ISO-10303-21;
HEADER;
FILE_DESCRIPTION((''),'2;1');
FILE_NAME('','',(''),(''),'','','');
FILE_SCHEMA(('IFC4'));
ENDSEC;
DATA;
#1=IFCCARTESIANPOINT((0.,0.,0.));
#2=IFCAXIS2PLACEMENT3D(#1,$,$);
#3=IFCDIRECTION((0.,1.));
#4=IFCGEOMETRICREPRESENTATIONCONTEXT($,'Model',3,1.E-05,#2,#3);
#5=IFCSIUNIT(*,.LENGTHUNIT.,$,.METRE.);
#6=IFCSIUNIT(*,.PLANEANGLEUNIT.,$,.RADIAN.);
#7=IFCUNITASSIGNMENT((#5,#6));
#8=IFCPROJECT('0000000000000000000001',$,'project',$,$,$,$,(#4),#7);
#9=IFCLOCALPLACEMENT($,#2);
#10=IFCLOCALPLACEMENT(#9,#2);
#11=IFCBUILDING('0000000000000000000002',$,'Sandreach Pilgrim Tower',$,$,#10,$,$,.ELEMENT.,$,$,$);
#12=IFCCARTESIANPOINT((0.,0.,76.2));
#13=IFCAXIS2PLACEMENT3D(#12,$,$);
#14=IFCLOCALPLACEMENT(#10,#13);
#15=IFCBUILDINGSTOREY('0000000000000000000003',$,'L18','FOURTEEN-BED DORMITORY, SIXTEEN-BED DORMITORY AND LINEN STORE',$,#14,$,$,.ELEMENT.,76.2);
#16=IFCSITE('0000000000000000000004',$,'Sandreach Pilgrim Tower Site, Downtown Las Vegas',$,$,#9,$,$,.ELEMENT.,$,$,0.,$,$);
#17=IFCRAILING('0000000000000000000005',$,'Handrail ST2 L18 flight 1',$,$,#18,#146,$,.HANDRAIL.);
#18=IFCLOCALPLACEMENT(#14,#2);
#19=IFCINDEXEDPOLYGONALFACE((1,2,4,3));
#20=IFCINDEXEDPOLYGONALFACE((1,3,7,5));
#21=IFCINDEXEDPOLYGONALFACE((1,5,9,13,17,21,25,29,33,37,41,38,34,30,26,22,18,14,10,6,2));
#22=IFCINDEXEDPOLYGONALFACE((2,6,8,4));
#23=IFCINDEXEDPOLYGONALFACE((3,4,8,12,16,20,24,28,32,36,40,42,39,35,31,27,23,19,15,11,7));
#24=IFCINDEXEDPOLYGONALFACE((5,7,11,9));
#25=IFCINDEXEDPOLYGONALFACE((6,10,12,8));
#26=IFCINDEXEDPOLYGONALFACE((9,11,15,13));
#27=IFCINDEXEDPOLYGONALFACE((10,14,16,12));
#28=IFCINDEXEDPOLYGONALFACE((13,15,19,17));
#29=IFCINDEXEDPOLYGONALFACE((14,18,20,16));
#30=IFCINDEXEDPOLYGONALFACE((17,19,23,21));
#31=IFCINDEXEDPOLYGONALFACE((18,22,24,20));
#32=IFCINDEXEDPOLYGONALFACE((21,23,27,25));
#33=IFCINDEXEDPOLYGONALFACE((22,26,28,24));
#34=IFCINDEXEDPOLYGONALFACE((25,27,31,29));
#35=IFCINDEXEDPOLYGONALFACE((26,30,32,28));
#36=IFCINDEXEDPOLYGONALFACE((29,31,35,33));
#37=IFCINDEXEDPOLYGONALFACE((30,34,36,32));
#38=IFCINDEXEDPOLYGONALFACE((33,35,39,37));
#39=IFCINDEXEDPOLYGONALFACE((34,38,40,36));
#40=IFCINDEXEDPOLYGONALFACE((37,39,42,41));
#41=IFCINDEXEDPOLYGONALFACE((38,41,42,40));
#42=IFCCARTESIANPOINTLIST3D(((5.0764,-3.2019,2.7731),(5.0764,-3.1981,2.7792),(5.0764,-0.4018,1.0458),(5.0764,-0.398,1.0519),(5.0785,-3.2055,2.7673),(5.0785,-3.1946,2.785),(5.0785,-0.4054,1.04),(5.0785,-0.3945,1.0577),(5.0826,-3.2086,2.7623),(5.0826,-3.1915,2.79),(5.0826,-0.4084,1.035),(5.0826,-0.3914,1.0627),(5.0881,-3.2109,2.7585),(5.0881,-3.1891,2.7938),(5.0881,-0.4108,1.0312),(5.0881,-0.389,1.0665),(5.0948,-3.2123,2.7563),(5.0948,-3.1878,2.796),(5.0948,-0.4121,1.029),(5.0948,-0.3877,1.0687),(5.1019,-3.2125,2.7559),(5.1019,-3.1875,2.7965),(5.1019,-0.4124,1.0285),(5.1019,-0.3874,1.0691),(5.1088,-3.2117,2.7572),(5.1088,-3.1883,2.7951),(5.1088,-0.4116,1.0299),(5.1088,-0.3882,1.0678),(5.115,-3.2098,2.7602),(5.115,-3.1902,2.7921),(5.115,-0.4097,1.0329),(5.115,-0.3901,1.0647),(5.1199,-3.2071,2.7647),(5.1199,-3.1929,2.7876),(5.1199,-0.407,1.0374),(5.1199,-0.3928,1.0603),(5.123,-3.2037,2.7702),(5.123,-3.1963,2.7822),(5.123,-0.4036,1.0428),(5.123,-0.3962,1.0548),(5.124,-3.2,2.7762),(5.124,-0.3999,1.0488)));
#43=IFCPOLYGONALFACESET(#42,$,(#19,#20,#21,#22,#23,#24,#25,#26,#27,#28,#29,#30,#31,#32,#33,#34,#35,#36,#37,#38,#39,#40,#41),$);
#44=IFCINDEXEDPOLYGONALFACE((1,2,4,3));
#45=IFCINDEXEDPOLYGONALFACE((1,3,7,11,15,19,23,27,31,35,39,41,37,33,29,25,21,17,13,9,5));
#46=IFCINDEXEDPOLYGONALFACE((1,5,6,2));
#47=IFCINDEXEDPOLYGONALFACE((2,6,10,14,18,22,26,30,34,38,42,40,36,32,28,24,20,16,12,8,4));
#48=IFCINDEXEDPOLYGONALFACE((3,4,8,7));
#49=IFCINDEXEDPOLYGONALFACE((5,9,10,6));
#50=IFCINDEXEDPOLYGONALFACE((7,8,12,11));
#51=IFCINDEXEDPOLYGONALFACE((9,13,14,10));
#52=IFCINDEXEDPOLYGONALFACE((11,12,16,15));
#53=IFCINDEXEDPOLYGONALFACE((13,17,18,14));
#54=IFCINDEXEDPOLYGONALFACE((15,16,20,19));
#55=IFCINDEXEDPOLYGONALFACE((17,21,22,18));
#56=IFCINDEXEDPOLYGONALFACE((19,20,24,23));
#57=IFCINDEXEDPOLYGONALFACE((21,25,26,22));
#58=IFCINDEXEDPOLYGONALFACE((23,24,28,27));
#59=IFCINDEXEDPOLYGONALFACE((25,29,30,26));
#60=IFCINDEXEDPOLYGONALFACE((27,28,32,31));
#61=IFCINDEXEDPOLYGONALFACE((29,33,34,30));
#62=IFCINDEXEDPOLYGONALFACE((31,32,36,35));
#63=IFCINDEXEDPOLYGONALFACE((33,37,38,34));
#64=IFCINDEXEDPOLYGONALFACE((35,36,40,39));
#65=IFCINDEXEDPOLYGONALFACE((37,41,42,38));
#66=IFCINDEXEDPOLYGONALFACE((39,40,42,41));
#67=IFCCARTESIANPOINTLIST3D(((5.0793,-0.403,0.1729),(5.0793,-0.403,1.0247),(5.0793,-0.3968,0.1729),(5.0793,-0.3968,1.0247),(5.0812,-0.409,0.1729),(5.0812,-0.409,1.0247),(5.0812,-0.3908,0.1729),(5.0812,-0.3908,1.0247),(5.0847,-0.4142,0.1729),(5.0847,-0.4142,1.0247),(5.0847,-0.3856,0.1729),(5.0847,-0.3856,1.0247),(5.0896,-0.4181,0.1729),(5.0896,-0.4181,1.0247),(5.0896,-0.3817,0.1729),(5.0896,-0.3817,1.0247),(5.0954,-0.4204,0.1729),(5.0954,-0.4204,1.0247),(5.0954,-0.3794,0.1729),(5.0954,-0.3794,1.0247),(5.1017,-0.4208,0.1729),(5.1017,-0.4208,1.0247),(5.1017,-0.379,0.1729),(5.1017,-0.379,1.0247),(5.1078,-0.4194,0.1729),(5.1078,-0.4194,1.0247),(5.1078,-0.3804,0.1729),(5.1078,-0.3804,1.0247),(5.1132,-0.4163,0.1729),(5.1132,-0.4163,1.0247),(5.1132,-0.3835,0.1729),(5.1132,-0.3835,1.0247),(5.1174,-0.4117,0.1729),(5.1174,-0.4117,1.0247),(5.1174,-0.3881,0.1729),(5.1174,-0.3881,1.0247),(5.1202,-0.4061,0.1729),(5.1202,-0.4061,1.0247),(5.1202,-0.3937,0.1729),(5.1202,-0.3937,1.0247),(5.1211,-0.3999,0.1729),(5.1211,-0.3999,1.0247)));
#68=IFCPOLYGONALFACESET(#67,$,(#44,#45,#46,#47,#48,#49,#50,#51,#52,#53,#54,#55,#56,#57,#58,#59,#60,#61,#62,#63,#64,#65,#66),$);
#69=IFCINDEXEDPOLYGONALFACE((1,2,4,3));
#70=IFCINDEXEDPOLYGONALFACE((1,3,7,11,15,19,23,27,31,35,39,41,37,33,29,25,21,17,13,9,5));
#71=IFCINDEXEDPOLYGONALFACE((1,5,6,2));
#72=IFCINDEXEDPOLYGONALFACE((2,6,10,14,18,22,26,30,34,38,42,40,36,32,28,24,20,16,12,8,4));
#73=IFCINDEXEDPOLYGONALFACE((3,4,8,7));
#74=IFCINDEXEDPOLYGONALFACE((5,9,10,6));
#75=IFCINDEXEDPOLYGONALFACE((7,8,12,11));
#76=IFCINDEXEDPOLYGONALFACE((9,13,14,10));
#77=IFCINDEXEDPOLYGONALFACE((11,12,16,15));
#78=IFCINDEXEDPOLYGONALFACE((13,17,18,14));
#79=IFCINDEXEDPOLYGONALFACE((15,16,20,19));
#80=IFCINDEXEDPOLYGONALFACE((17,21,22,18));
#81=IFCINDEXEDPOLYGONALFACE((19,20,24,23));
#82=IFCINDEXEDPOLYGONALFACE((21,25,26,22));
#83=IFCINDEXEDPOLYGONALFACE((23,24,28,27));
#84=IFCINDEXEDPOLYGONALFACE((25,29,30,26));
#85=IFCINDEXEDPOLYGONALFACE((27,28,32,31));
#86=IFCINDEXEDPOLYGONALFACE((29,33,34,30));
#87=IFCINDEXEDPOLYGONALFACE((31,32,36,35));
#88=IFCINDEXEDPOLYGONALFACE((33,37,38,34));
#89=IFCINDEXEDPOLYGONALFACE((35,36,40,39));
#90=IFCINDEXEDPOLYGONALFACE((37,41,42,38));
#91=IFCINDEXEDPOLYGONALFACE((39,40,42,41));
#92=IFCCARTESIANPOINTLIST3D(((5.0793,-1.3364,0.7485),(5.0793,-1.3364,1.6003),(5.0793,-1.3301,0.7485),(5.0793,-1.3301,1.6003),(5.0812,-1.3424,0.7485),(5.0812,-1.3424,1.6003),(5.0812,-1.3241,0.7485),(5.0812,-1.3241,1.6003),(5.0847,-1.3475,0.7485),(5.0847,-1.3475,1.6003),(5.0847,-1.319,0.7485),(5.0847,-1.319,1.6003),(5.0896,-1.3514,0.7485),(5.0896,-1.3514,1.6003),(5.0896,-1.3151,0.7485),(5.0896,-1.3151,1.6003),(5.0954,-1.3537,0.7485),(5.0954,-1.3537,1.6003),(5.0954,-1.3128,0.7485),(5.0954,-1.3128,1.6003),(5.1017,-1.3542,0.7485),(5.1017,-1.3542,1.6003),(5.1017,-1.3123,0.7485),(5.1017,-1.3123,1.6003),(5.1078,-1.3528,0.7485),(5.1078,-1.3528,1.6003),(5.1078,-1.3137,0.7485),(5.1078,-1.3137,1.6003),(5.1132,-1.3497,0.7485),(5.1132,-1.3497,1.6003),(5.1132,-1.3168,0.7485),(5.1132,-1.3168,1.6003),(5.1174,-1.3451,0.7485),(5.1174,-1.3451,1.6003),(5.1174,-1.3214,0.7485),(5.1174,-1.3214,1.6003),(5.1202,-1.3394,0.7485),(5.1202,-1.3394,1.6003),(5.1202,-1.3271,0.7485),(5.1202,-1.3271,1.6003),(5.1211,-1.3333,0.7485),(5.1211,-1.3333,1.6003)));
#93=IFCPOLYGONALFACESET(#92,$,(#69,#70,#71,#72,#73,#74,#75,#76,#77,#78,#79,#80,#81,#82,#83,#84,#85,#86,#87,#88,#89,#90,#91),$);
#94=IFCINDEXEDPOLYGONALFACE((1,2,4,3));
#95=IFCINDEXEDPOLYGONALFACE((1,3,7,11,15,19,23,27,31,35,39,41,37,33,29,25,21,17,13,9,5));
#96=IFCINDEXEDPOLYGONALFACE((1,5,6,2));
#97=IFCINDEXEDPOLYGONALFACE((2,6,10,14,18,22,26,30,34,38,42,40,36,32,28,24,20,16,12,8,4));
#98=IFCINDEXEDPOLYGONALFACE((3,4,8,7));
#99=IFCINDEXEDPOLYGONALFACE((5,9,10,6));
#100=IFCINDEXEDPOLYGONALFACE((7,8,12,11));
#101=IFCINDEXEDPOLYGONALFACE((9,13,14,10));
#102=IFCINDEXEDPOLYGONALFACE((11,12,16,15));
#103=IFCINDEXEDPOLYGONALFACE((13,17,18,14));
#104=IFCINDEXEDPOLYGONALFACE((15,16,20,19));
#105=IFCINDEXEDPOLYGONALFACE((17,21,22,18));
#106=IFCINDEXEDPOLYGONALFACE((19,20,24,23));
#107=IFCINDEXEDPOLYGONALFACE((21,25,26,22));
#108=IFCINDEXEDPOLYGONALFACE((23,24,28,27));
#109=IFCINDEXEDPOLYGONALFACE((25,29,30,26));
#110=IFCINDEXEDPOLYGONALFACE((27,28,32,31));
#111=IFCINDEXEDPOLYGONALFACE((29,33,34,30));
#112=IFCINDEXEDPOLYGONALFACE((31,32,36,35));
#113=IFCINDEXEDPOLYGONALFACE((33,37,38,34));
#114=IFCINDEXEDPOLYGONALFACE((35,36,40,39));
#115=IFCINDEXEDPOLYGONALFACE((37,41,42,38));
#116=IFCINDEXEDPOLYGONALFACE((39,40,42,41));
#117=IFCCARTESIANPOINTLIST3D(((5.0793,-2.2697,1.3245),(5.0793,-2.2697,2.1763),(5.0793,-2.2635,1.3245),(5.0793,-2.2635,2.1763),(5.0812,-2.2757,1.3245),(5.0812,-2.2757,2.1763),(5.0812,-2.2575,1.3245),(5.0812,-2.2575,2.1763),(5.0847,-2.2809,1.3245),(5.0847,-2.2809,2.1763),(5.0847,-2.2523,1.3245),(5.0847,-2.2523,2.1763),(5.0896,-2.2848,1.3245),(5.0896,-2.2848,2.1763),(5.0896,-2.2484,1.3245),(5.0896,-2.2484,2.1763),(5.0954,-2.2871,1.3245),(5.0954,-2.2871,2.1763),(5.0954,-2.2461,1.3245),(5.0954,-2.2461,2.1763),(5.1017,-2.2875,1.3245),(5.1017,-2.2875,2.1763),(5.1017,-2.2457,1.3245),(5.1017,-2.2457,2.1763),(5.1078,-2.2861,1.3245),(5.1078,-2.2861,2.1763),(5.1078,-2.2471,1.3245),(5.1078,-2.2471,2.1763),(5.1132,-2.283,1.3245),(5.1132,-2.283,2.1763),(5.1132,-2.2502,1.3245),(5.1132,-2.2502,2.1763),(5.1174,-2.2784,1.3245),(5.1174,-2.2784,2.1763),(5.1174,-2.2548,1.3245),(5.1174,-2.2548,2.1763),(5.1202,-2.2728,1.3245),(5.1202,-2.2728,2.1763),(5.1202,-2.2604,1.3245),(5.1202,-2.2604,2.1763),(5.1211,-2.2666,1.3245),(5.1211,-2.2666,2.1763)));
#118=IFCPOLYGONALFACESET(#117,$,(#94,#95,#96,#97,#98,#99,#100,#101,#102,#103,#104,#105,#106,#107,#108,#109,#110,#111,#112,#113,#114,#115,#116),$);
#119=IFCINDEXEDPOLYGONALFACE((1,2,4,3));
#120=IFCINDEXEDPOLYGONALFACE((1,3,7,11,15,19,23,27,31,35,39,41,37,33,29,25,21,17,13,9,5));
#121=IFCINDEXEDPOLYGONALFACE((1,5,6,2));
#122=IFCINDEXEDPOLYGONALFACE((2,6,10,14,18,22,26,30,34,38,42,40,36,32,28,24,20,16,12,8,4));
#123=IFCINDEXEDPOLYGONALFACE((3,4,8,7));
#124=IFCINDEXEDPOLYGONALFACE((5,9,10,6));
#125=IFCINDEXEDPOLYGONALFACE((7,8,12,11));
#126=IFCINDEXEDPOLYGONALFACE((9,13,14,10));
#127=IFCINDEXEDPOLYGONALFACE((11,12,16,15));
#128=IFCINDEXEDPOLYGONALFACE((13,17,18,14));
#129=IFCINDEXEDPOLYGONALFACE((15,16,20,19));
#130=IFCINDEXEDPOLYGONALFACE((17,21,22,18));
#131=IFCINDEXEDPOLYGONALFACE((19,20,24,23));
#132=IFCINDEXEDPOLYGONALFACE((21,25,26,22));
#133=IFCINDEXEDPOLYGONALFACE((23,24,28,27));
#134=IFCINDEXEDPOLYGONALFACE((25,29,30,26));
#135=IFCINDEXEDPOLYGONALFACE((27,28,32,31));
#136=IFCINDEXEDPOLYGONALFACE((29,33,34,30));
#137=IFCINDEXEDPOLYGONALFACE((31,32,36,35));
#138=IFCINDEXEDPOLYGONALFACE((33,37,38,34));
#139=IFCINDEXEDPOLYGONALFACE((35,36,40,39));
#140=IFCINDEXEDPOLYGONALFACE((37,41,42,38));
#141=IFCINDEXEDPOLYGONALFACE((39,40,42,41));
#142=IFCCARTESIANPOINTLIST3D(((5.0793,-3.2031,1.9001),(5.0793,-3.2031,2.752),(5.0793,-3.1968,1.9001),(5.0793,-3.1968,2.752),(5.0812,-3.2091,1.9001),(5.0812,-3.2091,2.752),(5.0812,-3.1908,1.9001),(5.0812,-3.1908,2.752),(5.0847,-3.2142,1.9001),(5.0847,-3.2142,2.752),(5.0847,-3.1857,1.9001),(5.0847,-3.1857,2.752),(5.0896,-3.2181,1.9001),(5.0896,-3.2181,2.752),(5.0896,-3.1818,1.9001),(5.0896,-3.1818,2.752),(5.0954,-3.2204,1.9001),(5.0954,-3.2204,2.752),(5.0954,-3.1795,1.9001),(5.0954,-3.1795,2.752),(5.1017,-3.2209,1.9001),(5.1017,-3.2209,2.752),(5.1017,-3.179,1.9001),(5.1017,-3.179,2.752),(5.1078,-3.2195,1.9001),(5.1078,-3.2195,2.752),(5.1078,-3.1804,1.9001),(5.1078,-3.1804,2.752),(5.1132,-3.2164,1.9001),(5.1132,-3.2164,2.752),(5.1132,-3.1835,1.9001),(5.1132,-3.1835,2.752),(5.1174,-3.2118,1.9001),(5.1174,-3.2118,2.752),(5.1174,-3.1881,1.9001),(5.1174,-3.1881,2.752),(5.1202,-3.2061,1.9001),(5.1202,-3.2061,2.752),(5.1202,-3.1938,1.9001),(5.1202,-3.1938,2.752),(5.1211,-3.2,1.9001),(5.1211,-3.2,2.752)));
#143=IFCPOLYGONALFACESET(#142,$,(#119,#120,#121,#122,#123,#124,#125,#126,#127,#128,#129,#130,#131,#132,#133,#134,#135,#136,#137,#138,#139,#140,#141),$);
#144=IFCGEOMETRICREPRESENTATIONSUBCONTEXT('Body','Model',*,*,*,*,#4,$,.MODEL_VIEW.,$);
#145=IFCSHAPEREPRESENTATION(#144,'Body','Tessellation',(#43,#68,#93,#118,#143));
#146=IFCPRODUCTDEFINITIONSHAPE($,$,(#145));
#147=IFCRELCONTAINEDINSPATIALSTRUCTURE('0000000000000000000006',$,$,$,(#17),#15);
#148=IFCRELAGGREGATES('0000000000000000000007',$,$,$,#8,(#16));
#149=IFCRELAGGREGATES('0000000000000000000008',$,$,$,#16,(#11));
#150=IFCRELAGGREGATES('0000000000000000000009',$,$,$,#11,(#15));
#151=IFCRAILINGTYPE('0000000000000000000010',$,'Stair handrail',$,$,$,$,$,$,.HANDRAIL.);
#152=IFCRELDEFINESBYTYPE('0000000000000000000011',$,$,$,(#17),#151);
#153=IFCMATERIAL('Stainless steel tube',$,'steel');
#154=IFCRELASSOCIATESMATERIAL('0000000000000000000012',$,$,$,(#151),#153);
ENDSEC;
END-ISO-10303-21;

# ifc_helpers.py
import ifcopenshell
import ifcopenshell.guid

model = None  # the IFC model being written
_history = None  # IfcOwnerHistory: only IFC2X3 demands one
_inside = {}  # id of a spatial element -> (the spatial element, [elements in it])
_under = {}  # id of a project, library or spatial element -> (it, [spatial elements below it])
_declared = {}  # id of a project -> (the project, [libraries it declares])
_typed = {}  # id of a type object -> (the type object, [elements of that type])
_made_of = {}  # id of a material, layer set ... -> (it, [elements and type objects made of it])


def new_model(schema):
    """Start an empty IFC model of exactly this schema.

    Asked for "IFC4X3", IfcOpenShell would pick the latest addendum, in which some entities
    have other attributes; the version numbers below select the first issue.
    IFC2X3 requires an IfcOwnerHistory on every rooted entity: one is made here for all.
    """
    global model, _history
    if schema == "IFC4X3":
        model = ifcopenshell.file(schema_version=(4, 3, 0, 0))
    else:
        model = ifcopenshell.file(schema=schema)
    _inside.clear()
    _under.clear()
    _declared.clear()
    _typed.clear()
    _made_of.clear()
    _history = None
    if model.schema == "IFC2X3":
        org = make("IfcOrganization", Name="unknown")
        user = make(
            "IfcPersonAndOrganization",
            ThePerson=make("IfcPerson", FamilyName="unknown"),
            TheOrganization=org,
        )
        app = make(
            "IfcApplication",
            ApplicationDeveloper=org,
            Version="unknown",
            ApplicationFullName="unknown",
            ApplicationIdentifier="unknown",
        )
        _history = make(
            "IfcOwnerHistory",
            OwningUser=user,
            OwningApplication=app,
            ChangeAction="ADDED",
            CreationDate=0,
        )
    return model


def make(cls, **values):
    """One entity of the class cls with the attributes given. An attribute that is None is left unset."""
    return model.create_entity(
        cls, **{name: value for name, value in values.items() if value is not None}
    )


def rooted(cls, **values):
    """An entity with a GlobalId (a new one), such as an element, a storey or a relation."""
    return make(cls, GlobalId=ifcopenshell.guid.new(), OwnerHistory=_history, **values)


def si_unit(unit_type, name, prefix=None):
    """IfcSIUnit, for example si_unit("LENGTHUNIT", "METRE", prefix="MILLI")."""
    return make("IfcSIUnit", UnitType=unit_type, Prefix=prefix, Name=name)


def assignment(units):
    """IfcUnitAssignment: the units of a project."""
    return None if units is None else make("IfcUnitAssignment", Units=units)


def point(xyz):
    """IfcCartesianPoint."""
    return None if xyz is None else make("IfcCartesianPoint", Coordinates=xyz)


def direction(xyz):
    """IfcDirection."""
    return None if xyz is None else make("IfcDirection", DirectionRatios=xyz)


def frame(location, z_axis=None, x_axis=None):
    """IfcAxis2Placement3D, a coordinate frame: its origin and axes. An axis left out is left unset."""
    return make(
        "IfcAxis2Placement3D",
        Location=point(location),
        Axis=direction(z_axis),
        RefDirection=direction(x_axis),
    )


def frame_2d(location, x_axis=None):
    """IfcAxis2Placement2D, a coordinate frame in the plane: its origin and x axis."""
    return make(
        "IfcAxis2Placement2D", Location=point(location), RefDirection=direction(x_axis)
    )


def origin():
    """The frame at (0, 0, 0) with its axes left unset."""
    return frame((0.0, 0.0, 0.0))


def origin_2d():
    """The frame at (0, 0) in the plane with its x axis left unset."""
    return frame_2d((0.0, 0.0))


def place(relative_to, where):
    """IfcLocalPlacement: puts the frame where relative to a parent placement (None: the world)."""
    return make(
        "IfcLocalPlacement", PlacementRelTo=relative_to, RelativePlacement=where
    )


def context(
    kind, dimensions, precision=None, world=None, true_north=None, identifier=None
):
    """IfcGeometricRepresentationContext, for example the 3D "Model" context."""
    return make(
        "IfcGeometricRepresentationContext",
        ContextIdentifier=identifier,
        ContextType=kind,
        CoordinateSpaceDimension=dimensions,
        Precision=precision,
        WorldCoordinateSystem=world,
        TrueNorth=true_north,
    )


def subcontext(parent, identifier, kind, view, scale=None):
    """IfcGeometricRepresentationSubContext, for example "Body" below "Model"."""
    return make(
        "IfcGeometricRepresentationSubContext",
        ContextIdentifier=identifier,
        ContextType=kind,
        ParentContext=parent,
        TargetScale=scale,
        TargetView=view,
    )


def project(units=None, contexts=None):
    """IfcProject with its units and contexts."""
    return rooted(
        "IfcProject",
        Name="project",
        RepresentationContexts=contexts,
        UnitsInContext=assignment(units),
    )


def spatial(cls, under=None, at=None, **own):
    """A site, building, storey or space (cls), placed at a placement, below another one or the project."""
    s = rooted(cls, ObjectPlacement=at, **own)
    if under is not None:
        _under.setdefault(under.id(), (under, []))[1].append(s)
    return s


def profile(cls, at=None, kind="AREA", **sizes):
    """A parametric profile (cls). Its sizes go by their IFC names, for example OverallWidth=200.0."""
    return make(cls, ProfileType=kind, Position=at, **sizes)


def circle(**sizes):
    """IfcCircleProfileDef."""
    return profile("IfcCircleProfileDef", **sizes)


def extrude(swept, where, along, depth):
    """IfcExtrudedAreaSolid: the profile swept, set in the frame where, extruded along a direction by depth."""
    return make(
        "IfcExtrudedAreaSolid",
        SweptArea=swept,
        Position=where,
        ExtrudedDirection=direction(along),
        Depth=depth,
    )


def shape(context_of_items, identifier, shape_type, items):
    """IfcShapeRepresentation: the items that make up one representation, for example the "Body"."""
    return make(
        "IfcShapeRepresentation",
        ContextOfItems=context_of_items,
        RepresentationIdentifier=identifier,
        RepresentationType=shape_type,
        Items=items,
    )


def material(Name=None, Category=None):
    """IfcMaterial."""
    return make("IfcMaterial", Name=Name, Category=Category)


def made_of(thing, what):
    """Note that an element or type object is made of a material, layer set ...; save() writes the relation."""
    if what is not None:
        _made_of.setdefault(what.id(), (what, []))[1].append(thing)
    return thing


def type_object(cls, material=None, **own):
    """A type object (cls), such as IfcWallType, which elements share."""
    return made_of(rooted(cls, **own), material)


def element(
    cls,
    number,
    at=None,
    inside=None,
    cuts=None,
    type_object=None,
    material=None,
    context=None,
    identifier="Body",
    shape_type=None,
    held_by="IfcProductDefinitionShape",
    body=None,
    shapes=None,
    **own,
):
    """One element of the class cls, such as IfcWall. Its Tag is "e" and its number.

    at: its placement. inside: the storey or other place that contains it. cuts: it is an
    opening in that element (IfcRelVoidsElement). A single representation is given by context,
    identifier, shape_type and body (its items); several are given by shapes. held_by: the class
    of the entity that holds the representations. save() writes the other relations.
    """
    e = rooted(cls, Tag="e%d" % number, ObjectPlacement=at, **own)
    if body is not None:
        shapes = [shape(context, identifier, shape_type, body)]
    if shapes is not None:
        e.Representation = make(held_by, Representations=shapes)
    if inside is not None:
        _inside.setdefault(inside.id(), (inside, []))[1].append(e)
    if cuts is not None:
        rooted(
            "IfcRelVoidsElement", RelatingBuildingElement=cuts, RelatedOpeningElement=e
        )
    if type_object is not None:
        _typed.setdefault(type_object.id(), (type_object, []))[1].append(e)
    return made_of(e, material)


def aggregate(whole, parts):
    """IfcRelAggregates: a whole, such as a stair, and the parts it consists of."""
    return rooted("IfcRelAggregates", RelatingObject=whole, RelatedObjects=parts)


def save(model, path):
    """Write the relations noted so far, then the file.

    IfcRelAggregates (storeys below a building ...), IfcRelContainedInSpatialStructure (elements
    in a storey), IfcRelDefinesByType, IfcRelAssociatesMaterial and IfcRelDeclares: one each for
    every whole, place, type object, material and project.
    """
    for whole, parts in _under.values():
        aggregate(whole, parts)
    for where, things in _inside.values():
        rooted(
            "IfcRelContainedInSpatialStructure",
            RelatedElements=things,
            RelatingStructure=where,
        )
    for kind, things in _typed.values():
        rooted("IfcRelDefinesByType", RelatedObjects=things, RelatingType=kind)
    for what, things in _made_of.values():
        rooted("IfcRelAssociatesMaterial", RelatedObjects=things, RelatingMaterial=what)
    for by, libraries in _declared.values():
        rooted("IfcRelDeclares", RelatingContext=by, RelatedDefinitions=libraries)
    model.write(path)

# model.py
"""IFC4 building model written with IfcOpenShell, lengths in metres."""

from ifc_helpers import new_model, si_unit, direction, frame, origin, origin_2d, place, context, subcontext, project, spatial, circle, extrude, material, type_object, element, save


model = new_model("IFC4")

# Units and contexts
model_context = context("Model", 3, precision=1e-05, world=origin(), true_north=direction((0.0, 1.0)))
body_context = subcontext(model_context, "Body", "Model", "MODEL_VIEW")
ifc_project = project(units=[si_unit("LENGTHUNIT", "METRE"), si_unit("PLANEANGLEUNIT", "RADIAN")], contexts=[model_context])

# Site, building, storey
site_placement = place(None, origin())
site = spatial("IfcSite", under=ifc_project, at=site_placement, Name="Sandreach Pilgrim Tower Site, Downtown Las Vegas", CompositionType="ELEMENT", RefElevation=0.0)
building_placement = place(site_placement, origin())
building = spatial("IfcBuilding", under=site, at=building_placement, Name="Sandreach Pilgrim Tower", CompositionType="ELEMENT")
storey_placement = place(building_placement, frame((0.0, 0.0, 76.2)))
storey = spatial("IfcBuildingStorey", under=building, at=storey_placement, Name="L18", Description="FOURTEEN-BED DORMITORY, SIXTEEN-BED DORMITORY AND LINEN STORE", CompositionType="ELEMENT", Elevation=76.2)

# Railing
ifc_material_1 = material(Name="Stainless steel tube", Category="steel")
railing_type = type_object("IfcRailingType", Name="Stair handrail", PredefinedType="HANDRAIL", material=ifc_material_1)
railing_placement = place(storey_placement, frame((5.1001, -0.3999, 0.1729)))
element("IfcRailing", 1, at=railing_placement, inside=storey, type_object=railing_type, Name="Handrail ST2 L18 flight 1", PredefinedType="HANDRAIL", context=body_context, shape_type="SweptSolid", body=[
    extrude(circle(Radius=0.0239, at=origin_2d()), frame((0.0, 0.0, 0.876), z_axis=(0.0, -0.85109, 0.52502), x_axis=(1.0, 0.0, 0.0)), (0.0, 0.0, 1.0), 3.29),
    extrude(circle(Radius=0.021, at=origin_2d()), origin(), (0.0, 0.0, 1.0), 0.8518),
    extrude(circle(Radius=0.021, at=origin_2d()), frame((0.0, -0.9333, 0.5757)), (0.0, 0.0, 1.0), 0.8518),
    extrude(circle(Radius=0.021, at=origin_2d()), frame((0.0, -1.8667, 1.1516)), (0.0, 0.0, 1.0), 0.8518),
    extrude(circle(Radius=0.021, at=origin_2d()), frame((0.0, -2.8, 1.7273)), (0.0, 0.0, 1.0), 0.8518),
])

save(model, "model.ifc")
